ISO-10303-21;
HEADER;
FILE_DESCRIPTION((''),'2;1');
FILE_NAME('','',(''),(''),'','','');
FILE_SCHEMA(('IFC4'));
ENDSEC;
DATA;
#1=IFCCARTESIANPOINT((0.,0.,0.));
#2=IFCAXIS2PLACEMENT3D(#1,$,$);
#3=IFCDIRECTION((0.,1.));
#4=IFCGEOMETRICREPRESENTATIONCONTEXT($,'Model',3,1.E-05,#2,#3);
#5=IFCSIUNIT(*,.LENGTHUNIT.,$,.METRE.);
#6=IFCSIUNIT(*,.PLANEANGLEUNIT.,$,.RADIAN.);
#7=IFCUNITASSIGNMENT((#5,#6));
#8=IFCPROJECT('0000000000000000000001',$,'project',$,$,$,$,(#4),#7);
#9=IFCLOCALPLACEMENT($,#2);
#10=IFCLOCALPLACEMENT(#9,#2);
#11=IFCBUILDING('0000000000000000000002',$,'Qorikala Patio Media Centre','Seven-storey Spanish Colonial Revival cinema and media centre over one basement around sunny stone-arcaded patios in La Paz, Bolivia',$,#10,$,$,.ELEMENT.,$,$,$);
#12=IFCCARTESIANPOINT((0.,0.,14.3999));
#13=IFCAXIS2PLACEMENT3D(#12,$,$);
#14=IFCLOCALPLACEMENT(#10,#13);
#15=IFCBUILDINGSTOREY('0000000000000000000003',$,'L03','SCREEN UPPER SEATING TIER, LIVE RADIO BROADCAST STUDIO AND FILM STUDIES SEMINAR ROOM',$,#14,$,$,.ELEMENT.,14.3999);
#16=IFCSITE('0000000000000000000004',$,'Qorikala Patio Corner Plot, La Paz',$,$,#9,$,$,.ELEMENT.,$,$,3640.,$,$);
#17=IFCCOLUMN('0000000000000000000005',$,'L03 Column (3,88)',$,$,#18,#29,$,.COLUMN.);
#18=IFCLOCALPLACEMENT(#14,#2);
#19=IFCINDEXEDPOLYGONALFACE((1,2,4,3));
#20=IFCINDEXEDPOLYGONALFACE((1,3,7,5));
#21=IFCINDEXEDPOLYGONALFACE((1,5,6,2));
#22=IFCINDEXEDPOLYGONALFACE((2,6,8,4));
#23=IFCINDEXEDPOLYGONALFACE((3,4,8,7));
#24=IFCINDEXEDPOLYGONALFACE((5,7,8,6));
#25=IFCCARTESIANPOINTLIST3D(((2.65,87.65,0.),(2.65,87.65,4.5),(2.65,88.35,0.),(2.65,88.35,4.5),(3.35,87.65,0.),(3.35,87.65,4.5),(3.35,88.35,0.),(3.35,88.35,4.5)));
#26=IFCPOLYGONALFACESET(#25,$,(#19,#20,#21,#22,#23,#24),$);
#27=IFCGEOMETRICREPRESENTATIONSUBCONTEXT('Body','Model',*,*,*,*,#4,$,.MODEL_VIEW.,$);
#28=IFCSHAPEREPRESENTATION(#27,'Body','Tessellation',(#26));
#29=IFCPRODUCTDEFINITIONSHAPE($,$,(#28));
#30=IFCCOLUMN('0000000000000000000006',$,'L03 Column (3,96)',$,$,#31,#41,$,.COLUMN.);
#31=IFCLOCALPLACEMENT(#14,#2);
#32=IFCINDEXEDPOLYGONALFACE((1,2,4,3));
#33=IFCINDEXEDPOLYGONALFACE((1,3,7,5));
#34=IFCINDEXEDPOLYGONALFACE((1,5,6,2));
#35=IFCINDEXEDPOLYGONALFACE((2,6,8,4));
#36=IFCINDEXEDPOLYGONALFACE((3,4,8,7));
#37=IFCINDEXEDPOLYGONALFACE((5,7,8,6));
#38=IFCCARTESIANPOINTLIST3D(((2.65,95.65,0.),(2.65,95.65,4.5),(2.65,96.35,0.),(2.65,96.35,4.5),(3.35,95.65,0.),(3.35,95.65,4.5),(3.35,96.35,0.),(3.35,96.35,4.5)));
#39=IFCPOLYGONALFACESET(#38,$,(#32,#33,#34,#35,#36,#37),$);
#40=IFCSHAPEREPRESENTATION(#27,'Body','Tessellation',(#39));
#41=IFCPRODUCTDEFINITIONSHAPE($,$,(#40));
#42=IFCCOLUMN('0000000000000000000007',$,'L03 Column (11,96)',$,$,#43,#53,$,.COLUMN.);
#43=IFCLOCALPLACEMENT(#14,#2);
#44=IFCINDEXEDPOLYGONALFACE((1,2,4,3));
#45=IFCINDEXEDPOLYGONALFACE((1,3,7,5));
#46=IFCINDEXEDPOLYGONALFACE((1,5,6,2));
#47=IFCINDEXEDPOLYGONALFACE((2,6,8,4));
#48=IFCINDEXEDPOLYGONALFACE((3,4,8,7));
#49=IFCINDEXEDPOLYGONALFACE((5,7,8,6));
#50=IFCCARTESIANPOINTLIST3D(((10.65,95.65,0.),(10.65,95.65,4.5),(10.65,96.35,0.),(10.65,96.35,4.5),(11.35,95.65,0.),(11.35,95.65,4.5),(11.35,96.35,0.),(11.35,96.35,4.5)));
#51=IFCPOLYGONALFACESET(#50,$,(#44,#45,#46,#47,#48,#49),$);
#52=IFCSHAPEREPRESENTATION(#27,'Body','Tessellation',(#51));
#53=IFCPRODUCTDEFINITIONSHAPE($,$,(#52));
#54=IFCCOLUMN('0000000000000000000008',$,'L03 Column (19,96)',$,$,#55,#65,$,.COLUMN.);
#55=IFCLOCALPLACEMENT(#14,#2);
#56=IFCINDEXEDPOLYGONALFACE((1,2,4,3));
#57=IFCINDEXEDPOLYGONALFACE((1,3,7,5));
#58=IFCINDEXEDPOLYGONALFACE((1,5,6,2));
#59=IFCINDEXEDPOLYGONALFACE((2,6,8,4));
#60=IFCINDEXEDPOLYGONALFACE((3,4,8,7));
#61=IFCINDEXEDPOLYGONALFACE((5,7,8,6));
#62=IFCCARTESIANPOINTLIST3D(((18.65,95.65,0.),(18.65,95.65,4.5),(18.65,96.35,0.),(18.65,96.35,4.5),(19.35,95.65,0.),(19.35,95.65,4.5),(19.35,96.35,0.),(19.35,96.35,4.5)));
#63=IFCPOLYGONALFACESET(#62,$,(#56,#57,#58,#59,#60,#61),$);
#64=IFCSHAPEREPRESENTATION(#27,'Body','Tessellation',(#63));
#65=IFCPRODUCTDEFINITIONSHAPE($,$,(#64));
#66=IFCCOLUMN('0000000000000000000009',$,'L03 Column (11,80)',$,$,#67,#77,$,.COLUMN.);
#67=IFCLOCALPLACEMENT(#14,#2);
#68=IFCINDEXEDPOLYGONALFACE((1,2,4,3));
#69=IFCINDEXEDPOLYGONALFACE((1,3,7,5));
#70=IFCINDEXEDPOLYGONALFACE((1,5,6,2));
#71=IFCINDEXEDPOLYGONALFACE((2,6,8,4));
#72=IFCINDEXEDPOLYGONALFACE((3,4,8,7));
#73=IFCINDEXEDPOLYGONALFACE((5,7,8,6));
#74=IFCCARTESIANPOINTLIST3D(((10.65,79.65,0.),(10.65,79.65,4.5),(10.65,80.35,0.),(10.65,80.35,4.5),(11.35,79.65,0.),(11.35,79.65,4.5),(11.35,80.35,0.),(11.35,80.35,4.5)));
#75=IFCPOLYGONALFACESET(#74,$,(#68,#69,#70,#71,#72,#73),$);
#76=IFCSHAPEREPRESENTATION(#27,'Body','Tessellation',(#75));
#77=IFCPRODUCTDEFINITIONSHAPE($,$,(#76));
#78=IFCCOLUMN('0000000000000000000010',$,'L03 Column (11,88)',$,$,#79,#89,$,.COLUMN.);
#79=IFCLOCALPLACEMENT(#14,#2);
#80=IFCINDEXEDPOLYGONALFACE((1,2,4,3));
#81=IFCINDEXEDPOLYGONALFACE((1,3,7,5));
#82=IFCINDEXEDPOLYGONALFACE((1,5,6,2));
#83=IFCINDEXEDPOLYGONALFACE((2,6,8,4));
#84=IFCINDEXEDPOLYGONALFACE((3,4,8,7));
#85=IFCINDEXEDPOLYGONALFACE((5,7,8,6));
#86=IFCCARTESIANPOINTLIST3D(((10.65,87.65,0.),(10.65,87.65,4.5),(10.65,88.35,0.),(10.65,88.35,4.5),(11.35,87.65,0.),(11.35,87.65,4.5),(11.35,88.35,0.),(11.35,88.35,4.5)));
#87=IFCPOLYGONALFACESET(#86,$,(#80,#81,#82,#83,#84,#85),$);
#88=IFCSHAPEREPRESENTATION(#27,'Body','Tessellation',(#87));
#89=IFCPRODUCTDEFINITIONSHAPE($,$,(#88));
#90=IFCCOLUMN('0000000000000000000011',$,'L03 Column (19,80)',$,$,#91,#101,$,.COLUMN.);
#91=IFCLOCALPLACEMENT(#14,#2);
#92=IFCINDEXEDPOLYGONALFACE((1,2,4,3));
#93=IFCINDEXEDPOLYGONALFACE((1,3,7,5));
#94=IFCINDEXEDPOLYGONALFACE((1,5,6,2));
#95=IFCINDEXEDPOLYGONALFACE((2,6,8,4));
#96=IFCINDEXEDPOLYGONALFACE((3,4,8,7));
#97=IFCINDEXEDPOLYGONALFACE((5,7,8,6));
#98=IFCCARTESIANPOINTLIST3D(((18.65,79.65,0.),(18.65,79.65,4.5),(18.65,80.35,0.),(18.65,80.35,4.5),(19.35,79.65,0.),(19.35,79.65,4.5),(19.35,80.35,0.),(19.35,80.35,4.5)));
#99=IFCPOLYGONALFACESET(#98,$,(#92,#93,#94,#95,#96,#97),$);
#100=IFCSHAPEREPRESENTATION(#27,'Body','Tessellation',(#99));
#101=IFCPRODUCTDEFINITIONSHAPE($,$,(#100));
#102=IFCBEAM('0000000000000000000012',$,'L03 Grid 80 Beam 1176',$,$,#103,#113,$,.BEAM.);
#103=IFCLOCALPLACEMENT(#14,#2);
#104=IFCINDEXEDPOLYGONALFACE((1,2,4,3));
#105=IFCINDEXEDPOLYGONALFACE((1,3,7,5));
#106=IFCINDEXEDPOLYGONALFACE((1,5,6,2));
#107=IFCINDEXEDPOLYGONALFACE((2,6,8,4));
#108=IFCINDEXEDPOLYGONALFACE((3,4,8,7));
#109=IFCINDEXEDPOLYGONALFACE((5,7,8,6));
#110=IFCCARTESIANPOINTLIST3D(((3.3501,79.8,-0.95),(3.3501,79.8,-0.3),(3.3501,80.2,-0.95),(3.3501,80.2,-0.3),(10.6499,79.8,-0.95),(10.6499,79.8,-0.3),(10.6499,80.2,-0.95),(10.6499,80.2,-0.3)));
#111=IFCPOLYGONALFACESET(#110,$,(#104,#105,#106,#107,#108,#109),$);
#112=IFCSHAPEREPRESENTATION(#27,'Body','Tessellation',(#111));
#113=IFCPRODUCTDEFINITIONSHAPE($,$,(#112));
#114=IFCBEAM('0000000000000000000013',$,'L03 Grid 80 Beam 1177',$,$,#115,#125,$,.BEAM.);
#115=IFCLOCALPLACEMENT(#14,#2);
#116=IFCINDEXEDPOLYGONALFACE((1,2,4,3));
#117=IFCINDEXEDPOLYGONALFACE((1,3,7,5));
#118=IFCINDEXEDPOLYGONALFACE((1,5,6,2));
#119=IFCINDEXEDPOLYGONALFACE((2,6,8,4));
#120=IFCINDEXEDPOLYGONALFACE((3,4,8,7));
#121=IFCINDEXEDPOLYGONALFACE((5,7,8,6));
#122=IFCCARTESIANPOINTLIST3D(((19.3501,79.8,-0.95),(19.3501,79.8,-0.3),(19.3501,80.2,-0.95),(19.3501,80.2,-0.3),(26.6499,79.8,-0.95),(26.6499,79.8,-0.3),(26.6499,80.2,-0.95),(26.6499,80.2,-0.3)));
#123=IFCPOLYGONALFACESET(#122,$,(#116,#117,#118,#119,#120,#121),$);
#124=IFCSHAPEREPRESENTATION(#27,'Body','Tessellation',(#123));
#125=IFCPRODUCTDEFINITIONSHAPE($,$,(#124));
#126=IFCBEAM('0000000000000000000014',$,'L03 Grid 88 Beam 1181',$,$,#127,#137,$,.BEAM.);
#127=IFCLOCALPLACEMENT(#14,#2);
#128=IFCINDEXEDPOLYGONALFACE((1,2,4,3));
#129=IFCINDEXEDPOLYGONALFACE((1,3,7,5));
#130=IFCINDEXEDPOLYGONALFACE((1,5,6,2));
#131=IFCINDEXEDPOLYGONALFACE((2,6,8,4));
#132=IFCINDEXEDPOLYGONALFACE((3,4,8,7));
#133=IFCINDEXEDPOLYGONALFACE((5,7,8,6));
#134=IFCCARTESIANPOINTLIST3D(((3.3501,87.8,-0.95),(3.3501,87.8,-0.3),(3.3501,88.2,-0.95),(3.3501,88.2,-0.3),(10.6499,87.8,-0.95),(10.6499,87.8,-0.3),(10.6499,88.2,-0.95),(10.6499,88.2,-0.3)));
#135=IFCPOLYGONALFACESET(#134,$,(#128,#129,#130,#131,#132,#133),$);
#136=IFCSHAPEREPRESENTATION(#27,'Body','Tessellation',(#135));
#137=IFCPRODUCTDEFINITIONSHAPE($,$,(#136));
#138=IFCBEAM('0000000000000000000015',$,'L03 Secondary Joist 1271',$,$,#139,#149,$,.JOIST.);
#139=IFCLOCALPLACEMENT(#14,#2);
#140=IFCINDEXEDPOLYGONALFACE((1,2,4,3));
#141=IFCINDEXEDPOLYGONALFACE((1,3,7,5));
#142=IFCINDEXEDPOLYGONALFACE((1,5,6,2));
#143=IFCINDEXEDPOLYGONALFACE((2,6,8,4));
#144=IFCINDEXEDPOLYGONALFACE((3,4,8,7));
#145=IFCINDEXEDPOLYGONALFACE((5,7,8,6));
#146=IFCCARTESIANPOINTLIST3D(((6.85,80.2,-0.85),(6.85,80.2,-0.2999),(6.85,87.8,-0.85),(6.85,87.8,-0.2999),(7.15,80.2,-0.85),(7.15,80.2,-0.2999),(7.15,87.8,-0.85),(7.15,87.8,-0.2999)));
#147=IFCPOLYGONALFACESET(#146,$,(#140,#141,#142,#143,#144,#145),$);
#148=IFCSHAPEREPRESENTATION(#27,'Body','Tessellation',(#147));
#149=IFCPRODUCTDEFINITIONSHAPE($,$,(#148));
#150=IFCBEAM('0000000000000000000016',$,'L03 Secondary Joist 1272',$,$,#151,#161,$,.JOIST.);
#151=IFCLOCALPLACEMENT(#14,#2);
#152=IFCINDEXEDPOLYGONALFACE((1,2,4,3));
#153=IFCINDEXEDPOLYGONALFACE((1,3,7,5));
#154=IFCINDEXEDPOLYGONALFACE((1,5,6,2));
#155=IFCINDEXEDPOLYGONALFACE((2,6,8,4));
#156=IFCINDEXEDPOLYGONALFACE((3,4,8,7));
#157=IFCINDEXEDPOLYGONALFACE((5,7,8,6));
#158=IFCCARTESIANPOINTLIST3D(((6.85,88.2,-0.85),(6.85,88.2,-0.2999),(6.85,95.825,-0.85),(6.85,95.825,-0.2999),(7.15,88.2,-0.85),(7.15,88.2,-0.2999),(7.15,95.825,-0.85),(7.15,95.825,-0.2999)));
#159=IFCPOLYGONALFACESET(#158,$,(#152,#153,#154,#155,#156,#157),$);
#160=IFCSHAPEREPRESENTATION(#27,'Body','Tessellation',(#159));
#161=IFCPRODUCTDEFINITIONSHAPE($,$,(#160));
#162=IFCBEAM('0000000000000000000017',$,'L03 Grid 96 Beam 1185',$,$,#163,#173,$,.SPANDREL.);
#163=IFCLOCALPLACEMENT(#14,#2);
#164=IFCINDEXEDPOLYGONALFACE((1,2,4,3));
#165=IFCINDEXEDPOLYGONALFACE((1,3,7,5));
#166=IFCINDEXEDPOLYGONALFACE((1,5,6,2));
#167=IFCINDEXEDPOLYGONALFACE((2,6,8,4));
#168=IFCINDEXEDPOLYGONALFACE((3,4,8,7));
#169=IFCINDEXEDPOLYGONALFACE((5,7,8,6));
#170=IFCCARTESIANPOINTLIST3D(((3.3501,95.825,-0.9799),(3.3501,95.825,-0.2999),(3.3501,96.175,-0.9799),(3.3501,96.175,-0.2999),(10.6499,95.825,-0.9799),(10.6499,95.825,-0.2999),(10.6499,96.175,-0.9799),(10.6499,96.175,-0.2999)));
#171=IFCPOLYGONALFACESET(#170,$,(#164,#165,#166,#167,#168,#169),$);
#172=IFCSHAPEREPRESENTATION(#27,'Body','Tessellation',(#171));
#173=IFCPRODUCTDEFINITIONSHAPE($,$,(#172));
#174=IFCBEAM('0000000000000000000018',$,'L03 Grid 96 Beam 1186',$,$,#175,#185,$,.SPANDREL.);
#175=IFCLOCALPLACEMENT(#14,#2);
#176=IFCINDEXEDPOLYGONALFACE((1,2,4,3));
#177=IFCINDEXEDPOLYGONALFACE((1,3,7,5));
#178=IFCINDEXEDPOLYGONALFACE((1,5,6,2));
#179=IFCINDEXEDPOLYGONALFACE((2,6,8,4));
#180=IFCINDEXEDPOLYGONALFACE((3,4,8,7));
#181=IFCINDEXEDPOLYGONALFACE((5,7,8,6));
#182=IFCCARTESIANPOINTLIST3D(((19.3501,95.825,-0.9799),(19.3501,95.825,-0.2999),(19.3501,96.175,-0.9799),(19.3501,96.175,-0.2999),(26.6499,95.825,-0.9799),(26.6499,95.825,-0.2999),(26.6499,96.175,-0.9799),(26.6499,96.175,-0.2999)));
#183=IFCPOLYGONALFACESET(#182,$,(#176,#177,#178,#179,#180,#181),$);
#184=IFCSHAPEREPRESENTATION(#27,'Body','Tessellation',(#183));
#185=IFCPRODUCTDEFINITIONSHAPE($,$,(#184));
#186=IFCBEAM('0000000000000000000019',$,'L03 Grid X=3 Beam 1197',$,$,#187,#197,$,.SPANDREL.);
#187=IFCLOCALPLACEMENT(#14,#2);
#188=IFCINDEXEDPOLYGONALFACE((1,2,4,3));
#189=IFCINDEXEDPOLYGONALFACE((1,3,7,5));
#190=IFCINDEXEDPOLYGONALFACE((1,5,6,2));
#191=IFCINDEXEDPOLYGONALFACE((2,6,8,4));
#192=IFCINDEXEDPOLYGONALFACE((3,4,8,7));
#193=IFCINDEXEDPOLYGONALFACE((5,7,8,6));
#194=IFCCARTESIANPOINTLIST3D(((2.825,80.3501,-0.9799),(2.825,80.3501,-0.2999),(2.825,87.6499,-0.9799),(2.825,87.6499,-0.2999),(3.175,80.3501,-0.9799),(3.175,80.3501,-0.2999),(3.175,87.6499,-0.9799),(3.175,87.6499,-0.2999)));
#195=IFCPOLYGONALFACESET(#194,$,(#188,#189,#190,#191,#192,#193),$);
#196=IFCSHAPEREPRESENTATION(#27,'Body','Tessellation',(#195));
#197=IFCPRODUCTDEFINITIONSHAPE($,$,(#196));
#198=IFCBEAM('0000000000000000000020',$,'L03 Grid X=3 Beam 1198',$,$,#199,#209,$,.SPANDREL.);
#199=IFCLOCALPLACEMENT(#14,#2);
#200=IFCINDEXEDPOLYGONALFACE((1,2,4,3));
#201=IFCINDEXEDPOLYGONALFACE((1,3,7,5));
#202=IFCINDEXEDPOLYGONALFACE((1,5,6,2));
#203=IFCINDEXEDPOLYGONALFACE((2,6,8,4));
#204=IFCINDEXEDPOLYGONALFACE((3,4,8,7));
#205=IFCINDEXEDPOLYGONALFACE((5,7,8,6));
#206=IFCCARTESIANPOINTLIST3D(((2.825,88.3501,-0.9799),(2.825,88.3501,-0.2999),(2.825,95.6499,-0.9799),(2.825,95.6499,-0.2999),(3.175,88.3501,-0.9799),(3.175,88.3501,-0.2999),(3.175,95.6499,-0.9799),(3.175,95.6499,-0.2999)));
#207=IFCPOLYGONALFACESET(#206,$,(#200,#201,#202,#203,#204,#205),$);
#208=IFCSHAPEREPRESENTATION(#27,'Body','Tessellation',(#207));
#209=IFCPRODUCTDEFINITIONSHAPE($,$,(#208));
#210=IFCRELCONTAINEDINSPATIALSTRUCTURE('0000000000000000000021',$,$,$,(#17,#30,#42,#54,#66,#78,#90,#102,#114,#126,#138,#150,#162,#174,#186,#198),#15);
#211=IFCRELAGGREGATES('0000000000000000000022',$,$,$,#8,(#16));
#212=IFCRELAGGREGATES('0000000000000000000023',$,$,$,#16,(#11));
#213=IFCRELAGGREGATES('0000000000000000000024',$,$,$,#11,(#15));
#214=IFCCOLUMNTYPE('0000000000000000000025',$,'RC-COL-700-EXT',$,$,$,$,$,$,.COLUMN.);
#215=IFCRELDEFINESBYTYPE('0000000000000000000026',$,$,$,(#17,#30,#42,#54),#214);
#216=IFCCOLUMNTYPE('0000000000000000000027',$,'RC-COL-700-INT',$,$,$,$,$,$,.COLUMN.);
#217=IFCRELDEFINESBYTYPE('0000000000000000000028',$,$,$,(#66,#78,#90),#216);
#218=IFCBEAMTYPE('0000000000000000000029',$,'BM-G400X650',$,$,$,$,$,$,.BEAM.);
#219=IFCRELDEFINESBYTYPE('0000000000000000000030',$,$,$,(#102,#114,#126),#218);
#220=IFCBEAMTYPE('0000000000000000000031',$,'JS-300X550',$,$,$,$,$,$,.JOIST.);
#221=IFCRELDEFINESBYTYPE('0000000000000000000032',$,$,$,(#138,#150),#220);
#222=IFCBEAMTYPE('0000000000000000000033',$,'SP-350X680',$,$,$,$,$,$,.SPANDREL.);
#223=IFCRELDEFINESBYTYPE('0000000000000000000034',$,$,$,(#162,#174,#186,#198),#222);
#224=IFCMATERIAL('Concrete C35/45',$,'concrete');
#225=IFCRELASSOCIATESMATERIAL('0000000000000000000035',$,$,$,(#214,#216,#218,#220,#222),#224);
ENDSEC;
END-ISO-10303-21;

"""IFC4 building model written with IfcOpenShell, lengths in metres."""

from ifc_helpers import new_model, si_unit, direction, frame, origin, origin_2d, place, context, subcontext, project, spatial, rectangle, extrude, material, material_profile, profile_set, type_object, element, save


model = new_model("IFC4")

# Units and contexts
model_context = context("Model", 3, precision=1e-05, world=origin(), true_north=direction((0.0, 1.0)))
body_context = subcontext(model_context, "Body", "Model", "MODEL_VIEW")
ifc_project = project(units=[si_unit("LENGTHUNIT", "METRE"), si_unit("PLANEANGLEUNIT", "RADIAN")], contexts=[model_context])

# Site, building, storey
site_placement = place(None, origin())
site = spatial("IfcSite", under=ifc_project, at=site_placement, Name="Qorikala Patio Corner Plot, La Paz", CompositionType="ELEMENT", RefElevation=3640.0)
building_placement = place(site_placement, origin())
building = spatial("IfcBuilding", under=site, at=building_placement, Name="Qorikala Patio Media Centre", Description="Seven-storey Spanish Colonial Revival cinema and media centre over one basement around sunny stone-arcaded patios in La Paz, Bolivia", CompositionType="ELEMENT")
storey_placement = place(building_placement, frame((0.0, 0.0, 14.3999)))
storey = spatial("IfcBuildingStorey", under=building, at=storey_placement, Name="L03", Description="SCREEN UPPER SEATING TIER, LIVE RADIO BROADCAST STUDIO AND FILM STUDIES SEMINAR ROOM", CompositionType="ELEMENT", Elevation=14.3999)

# Columns
ifc_material_1 = material(Name="Concrete C35/45", Category="concrete")
ifc_material_profile_1 = material_profile(ifc_material_1, rectangle(XDim=0.7, YDim=0.7, at=origin_2d()), Name="RC 700x700")
ifc_profile_set_1 = profile_set([ifc_material_profile_1], Name="Concrete C35/45")
column_type_1 = type_object("IfcColumnType", Name="RC-COL-700-EXT", PredefinedType="COLUMN", material=ifc_profile_set_1)
for number, where, z_axis, x_axis, name in (
    (1, (3.0, 88.0, 0.0), (0.0, 0.0, 1.0), (1.0, 0.0, 0.0), "L03 Column (3,88)"),
    (2, (3.0, 96.0, 0.0), (0.0, 0.0, 1.0), (1.0, 0.0, 0.0), "L03 Column (3,96)"),
    (3, (11.0, 96.0, 0.0), (0.0, 0.0, 1.0), (1.0, 0.0, 0.0), "L03 Column (11,96)"),
    (4, (19.0, 96.0, 0.0), (0.0, 0.0, 1.0), (1.0, 0.0, 0.0), "L03 Column (19,96)"),
):
    element("IfcColumn", number, at=place(storey_placement, frame(where, z_axis=z_axis, x_axis=x_axis)), inside=storey, type_object=column_type_1, Name=name, PredefinedType="COLUMN", context=body_context, shape_type="SweptSolid", body=[
        extrude(rectangle(XDim=0.7, YDim=0.7, at=origin_2d()), origin(), (0.0, 0.0, 1.0), 4.5),
    ])
ifc_material_profile_2 = material_profile(ifc_material_1, rectangle(XDim=0.7, YDim=0.7, at=origin_2d()), Name="RC 700x700")
ifc_profile_set_2 = profile_set([ifc_material_profile_2], Name="Concrete C35/45")
column_type_2 = type_object("IfcColumnType", Name="RC-COL-700-INT", PredefinedType="COLUMN", material=ifc_profile_set_2)
for number, where, z_axis, x_axis, name in (
    (5, (11.0, 80.0, 0.0), (0.0, 0.0, 1.0), (1.0, 0.0, 0.0), "L03 Column (11,80)"),
    (6, (11.0, 88.0, 0.0), (0.0, 0.0, 1.0), (1.0, 0.0, 0.0), "L03 Column (11,88)"),
    (7, (19.0, 80.0, 0.0), (0.0, 0.0, 1.0), (1.0, 0.0, 0.0), "L03 Column (19,80)"),
):
    element("IfcColumn", number, at=place(storey_placement, frame(where, z_axis=z_axis, x_axis=x_axis)), inside=storey, type_object=column_type_2, Name=name, PredefinedType="COLUMN", context=body_context, shape_type="SweptSolid", body=[
        extrude(rectangle(XDim=0.7, YDim=0.7, at=origin_2d()), origin(), (0.0, 0.0, 1.0), 4.5),
    ])

# Beams
ifc_material_profile_3 = material_profile(ifc_material_1, rectangle(XDim=0.3999, YDim=0.6499, at=origin_2d()), Name="RC 400x650")
ifc_profile_set_3 = profile_set([ifc_material_profile_3], Name="Concrete C35/45")
beam_type_1 = type_object("IfcBeamType", Name="BM-G400X650", PredefinedType="BEAM", material=ifc_profile_set_3)
for number, where, z_axis, x_axis, name in (
    (8, (3.3501, 80.0, -0.625), (1.0, 0.0, 0.0), (0.0, 1.0, 0.0), "L03 Grid 80 Beam 1176"),
    (9, (19.3501, 80.0, -0.625), (1.0, 0.0, 0.0), (0.0, 1.0, 0.0), "L03 Grid 80 Beam 1177"),
    (10, (3.3501, 88.0, -0.625), (1.0, 0.0, 0.0), (0.0, 1.0, 0.0), "L03 Grid 88 Beam 1181"),
):
    element("IfcBeam", number, at=place(storey_placement, frame(where, z_axis=z_axis, x_axis=x_axis)), inside=storey, type_object=beam_type_1, Name=name, PredefinedType="BEAM", context=body_context, shape_type="SweptSolid", body=[
        extrude(rectangle(XDim=0.3999, YDim=0.6499, at=origin_2d()), origin(), (0.0, 0.0, 1.0), 7.2998),
    ])
ifc_material_profile_4 = material_profile(ifc_material_1, rectangle(XDim=0.3, YDim=0.55, at=origin_2d()), Name="RC 300x550")
ifc_profile_set_4 = profile_set([ifc_material_profile_4], Name="Concrete C35/45")
beam_type_2 = type_object("IfcBeamType", Name="JS-300X550", PredefinedType="JOIST", material=ifc_profile_set_4)
beam_1_placement = place(storey_placement, frame((7.0, 80.2, -0.575), z_axis=(0.0, 1.0, 0.0), x_axis=(-1.0, 0.0, 0.0)))
element("IfcBeam", 11, at=beam_1_placement, inside=storey, type_object=beam_type_2, Name="L03 Secondary Joist 1271", PredefinedType="JOIST", context=body_context, shape_type="SweptSolid", body=[
    extrude(rectangle(XDim=0.3, YDim=0.55, at=origin_2d()), origin(), (0.0, 0.0, 1.0), 7.6001),
])
beam_2_placement = place(storey_placement, frame((7.0, 88.2, -0.575), z_axis=(0.0, 1.0, 0.0), x_axis=(-1.0, 0.0, 0.0)))
element("IfcBeam", 12, at=beam_2_placement, inside=storey, type_object=beam_type_2, Name="L03 Secondary Joist 1272", PredefinedType="JOIST", context=body_context, shape_type="SweptSolid", body=[
    extrude(rectangle(XDim=0.3, YDim=0.55, at=origin_2d()), origin(), (0.0, 0.0, 1.0), 7.625),
])
ifc_material_profile_5 = material_profile(ifc_material_1, rectangle(XDim=0.3501, YDim=0.6799, at=origin_2d()), Name="RC 350x680")
ifc_profile_set_5 = profile_set([ifc_material_profile_5], Name="Concrete C35/45")
beam_type_3 = type_object("IfcBeamType", Name="SP-350X680", PredefinedType="SPANDREL", material=ifc_profile_set_5)
for number, where, z_axis, x_axis, name in (
    (13, (3.3501, 96.0, -0.6399), (1.0, 0.0, 0.0), (0.0, 1.0, 0.0), "L03 Grid 96 Beam 1185"),
    (14, (19.3501, 96.0, -0.6399), (1.0, 0.0, 0.0), (0.0, 1.0, 0.0), "L03 Grid 96 Beam 1186"),
    (15, (3.0, 80.3501, -0.6399), (0.0, 1.0, 0.0), (-1.0, 0.0, 0.0), "L03 Grid X=3 Beam 1197"),
    (16, (3.0, 88.3501, -0.6399), (0.0, 1.0, 0.0), (-1.0, 0.0, 0.0), "L03 Grid X=3 Beam 1198"),
):
    element("IfcBeam", number, at=place(storey_placement, frame(where, z_axis=z_axis, x_axis=x_axis)), inside=storey, type_object=beam_type_3, Name=name, PredefinedType="SPANDREL", context=body_context, shape_type="SweptSolid", body=[
        extrude(rectangle(XDim=0.3501, YDim=0.6799, at=origin_2d()), origin(), (0.0, 0.0, 1.0), 7.2998),
    ])

save(model, "model.ifc")
